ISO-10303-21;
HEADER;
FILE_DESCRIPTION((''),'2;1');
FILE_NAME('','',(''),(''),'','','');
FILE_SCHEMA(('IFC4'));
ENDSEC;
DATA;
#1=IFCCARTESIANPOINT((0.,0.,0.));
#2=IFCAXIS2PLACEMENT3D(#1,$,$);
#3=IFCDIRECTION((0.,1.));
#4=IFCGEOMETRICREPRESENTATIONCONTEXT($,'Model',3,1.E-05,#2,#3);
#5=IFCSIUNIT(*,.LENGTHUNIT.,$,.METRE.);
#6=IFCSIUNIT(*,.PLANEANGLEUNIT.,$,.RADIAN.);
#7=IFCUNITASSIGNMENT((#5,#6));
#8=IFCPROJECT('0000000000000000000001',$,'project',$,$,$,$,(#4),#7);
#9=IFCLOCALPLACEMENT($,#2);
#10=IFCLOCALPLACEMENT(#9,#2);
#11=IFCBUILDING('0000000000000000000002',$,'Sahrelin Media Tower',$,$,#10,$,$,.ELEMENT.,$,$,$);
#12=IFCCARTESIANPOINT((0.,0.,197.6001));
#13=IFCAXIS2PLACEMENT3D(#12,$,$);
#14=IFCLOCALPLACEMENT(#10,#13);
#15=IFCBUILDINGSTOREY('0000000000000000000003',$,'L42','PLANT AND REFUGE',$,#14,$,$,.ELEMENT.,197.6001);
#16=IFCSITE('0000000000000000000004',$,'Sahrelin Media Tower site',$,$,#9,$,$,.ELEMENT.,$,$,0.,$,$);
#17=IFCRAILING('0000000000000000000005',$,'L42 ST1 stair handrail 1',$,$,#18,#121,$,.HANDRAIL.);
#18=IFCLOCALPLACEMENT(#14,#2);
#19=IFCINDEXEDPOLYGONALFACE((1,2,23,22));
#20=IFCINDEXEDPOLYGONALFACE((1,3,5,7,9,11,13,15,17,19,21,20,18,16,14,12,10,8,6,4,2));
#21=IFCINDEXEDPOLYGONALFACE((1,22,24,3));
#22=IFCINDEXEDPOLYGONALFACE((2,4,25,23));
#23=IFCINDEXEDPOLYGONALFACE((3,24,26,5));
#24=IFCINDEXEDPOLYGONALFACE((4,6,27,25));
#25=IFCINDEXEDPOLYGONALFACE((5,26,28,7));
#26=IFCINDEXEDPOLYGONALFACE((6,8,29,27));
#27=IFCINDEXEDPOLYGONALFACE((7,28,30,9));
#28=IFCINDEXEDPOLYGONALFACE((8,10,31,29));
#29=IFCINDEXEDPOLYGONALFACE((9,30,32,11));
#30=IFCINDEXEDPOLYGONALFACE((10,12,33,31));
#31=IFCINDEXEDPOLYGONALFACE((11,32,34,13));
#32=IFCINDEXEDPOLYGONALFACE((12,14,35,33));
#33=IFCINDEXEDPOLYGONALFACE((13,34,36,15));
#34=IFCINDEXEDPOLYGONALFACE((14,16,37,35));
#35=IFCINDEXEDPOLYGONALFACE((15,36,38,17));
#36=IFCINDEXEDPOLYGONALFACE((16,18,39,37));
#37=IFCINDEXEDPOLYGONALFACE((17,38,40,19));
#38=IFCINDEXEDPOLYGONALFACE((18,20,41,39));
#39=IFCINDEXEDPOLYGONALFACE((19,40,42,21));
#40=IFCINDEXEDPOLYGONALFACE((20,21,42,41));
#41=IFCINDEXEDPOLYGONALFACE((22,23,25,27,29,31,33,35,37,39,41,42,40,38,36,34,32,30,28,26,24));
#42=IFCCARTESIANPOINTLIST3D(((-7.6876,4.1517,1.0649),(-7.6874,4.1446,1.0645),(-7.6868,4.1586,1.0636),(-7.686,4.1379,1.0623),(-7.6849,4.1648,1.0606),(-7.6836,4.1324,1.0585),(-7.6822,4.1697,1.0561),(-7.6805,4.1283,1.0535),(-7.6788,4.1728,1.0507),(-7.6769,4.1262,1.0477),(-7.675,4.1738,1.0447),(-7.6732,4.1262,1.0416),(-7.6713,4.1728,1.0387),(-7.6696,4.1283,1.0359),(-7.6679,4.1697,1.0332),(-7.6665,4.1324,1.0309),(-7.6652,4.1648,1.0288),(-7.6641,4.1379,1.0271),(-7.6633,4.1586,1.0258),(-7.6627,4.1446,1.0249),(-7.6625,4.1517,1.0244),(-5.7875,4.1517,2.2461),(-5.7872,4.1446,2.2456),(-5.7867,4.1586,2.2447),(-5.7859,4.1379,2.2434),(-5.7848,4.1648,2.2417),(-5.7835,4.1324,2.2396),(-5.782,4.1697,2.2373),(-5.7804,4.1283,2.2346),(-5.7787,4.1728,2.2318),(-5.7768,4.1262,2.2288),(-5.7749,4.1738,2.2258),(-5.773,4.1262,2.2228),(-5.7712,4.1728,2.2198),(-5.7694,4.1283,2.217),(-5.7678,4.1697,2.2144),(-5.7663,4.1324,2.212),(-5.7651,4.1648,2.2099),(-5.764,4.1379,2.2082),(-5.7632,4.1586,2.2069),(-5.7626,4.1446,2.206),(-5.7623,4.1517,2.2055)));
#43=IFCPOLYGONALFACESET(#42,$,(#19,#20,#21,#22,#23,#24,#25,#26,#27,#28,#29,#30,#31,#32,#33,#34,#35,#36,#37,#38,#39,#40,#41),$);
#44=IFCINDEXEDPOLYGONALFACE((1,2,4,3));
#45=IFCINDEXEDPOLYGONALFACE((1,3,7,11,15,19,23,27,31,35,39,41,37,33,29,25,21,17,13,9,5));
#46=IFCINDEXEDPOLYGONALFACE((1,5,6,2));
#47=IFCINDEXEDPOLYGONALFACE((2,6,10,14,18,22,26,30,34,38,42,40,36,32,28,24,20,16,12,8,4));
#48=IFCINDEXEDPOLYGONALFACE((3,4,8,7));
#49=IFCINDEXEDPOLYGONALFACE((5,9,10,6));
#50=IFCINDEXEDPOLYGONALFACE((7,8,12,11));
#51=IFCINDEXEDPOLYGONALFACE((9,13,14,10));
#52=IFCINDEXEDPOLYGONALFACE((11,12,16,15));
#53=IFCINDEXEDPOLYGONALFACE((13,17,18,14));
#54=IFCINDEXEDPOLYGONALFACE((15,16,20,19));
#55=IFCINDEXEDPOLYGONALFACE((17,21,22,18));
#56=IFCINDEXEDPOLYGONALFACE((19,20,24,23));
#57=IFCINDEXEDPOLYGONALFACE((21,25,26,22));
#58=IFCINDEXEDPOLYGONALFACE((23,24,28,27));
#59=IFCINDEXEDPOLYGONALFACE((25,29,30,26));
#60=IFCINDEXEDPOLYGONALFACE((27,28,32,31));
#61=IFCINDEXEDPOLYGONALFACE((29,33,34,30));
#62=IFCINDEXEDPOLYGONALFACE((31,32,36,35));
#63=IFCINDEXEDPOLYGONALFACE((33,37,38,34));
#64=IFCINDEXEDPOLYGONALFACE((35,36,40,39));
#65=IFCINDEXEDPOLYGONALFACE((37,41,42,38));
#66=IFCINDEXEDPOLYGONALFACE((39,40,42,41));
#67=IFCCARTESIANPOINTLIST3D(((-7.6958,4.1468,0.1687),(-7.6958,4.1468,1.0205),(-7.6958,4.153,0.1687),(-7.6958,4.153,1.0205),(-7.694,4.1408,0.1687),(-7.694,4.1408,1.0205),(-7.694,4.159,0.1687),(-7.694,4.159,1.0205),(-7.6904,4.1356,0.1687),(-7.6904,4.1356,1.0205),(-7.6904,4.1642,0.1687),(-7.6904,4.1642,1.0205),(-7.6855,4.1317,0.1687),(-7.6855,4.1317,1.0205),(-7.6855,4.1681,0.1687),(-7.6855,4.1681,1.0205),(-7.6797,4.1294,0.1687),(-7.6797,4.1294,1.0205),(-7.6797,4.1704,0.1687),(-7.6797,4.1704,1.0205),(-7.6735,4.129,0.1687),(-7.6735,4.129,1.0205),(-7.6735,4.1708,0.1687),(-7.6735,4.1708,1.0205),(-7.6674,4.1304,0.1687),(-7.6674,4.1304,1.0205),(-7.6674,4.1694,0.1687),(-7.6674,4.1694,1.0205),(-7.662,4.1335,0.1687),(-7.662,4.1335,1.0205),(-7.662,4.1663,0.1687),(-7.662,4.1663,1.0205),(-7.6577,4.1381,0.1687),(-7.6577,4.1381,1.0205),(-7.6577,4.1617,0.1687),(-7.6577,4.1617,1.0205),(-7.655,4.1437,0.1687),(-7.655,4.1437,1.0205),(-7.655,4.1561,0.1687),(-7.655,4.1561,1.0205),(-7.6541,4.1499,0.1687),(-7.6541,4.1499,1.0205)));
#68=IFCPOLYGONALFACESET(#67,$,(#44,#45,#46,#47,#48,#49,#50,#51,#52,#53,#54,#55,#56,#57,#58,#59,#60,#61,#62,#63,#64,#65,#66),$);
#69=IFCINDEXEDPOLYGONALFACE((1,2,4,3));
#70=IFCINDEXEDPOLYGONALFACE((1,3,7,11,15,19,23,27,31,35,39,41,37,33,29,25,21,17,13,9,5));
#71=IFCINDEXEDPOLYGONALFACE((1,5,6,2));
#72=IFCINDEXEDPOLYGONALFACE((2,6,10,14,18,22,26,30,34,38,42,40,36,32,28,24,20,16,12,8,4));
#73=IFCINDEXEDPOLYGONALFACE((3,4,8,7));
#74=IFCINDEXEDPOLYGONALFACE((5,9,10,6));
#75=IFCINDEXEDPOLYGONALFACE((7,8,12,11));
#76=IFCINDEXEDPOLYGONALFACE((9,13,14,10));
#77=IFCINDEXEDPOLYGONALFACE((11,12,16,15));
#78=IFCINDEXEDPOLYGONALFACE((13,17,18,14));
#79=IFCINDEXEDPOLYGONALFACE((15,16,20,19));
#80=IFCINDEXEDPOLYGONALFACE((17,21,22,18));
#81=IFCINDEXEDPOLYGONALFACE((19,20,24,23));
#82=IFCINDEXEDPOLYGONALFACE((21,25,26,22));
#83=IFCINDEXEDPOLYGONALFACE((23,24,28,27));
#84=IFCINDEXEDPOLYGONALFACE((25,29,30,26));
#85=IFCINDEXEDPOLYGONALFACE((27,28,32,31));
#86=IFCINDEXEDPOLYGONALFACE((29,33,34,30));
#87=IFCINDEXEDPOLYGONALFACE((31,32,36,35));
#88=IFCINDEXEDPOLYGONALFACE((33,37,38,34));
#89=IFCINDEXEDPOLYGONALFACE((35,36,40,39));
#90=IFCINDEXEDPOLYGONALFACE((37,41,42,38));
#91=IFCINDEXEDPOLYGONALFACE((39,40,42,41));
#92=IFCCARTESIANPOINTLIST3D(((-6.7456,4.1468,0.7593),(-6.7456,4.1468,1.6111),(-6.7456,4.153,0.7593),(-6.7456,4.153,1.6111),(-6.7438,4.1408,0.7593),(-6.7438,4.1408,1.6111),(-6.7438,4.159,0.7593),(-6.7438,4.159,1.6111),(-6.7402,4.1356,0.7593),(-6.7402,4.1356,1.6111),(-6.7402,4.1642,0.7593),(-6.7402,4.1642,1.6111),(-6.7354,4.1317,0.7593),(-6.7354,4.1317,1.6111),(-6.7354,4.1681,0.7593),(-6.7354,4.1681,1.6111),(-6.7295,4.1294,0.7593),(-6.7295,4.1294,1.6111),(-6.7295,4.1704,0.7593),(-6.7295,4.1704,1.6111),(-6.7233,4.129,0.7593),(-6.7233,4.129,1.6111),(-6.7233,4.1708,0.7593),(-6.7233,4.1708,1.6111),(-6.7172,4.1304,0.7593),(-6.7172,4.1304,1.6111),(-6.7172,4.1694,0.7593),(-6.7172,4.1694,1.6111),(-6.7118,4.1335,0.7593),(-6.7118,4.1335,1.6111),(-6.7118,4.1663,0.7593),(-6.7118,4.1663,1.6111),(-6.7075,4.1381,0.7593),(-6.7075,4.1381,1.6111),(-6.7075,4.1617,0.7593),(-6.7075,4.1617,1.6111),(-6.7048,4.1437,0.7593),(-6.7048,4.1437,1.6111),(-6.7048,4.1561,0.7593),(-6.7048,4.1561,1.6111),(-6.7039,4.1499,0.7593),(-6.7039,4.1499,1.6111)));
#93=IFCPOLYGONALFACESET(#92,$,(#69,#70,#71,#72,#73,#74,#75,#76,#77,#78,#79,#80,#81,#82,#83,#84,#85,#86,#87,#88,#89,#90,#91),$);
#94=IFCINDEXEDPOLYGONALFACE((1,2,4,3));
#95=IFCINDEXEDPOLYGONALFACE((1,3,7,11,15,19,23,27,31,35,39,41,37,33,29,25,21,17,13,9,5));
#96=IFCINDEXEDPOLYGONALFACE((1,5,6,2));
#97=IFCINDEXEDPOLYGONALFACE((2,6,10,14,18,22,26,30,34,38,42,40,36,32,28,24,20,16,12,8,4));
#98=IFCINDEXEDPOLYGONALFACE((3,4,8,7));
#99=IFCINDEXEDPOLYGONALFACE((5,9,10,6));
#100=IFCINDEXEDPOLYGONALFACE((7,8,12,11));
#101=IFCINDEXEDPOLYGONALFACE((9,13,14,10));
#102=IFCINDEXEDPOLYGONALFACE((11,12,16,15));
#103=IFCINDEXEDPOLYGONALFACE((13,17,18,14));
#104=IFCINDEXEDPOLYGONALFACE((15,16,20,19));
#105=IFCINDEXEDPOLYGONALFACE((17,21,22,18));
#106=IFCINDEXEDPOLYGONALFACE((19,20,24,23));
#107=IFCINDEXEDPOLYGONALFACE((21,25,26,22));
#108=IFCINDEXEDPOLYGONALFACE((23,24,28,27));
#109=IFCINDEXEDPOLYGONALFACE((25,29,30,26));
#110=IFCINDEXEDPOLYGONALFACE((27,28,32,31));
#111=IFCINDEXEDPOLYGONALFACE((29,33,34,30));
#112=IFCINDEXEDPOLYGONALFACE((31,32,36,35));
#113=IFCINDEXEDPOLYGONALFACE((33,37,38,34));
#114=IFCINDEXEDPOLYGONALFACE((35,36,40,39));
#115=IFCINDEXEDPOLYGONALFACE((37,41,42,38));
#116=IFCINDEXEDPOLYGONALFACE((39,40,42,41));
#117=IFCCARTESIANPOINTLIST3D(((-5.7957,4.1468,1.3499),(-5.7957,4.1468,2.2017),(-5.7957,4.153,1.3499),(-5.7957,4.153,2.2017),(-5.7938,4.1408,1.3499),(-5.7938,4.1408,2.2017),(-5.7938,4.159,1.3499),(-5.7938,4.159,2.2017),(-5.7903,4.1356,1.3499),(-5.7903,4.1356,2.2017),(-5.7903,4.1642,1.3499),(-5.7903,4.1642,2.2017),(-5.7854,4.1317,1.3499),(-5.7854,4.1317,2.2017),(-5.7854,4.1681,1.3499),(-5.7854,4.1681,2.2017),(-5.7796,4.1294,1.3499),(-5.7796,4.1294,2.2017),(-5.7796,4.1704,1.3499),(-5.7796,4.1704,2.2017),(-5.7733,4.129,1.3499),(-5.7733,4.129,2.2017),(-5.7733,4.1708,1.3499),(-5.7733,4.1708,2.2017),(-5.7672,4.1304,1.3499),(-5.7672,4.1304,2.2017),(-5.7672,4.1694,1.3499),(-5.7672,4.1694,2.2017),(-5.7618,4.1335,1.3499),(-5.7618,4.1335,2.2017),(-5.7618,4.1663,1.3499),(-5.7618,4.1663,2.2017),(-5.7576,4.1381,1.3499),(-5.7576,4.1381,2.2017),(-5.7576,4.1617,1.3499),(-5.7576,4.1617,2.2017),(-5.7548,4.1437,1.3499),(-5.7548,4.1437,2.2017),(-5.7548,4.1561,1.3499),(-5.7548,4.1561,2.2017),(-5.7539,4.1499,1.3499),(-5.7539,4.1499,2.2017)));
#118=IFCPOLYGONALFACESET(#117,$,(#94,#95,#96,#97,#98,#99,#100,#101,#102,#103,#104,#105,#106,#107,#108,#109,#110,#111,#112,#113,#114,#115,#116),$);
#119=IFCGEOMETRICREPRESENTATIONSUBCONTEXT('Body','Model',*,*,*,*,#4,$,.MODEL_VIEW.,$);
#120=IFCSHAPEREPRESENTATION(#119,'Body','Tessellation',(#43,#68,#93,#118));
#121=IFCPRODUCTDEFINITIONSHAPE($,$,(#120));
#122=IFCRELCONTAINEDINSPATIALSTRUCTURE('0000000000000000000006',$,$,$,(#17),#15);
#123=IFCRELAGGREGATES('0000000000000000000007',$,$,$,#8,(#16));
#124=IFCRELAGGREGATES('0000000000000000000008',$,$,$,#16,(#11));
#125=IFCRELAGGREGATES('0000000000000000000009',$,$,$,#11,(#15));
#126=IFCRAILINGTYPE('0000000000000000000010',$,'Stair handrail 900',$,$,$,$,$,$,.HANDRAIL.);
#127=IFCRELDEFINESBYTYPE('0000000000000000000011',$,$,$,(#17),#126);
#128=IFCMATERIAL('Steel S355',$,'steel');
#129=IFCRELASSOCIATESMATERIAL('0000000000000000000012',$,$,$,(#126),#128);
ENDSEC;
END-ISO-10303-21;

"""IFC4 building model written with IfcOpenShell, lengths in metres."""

from ifc_helpers import new_model, si_unit, direction, frame, origin, origin_2d, place, context, subcontext, project, spatial, circle, extrude, material, type_object, element, save


model = new_model("IFC4")

# Units and contexts
model_context = context("Model", 3, precision=1e-05, world=origin(), true_north=direction((0.0, 1.0)))
body_context = subcontext(model_context, "Body", "Model", "MODEL_VIEW")
ifc_project = project(units=[si_unit("LENGTHUNIT", "METRE"), si_unit("PLANEANGLEUNIT", "RADIAN")], contexts=[model_context])

# Site, building, storey
site_placement = place(None, origin())
site = spatial("IfcSite", under=ifc_project, at=site_placement, Name="Sahrelin Media Tower site", CompositionType="ELEMENT", RefElevation=0.0)
building_placement = place(site_placement, origin())
building = spatial("IfcBuilding", under=site, at=building_placement, Name="Sahrelin Media Tower", CompositionType="ELEMENT")
storey_placement = place(building_placement, frame((0.0, 0.0, 197.6001)))
storey = spatial("IfcBuildingStorey", under=building, at=storey_placement, Name="L42", Description="PLANT AND REFUGE", CompositionType="ELEMENT", Elevation=197.6001)

# Shared definitions
ifc_material_1 = material(Name="Steel S355", Category="steel")

# Railing
railing_type_1 = type_object("IfcRailingType", Name="Stair handrail 900", PredefinedType="HANDRAIL", material=ifc_material_1)
railing_1_placement = place(storey_placement, frame((-7.675, 4.1499, 0.1687)))
element("IfcRailing", 1, at=railing_1_placement, inside=storey, type_object=railing_type_1, Name="L42 ST1 stair handrail 1", PredefinedType="HANDRAIL", context=body_context, shape_type="SweptSolid", body=[
    extrude(circle(Radius=0.0239, at=origin_2d()), frame((0.0, 0.0, 0.876), z_axis=(0.849289, 0.0, 0.527928), x_axis=(0.0, 1.0, 0.0)), (0.0, 0.0, 1.0), 2.2373),
    extrude(circle(Radius=0.021, at=origin_2d()), origin(), (0.0, 0.0, 1.0), 0.8518),
    extrude(circle(Radius=0.021, at=origin_2d()), frame((0.9502, 0.0, 0.5906)), (0.0, 0.0, 1.0), 0.8518),
    extrude(circle(Radius=0.021, at=origin_2d()), frame((1.9001, 0.0, 1.1812)), (0.0, 0.0, 1.0), 0.8518),
])

save(model, "model.ifc")
